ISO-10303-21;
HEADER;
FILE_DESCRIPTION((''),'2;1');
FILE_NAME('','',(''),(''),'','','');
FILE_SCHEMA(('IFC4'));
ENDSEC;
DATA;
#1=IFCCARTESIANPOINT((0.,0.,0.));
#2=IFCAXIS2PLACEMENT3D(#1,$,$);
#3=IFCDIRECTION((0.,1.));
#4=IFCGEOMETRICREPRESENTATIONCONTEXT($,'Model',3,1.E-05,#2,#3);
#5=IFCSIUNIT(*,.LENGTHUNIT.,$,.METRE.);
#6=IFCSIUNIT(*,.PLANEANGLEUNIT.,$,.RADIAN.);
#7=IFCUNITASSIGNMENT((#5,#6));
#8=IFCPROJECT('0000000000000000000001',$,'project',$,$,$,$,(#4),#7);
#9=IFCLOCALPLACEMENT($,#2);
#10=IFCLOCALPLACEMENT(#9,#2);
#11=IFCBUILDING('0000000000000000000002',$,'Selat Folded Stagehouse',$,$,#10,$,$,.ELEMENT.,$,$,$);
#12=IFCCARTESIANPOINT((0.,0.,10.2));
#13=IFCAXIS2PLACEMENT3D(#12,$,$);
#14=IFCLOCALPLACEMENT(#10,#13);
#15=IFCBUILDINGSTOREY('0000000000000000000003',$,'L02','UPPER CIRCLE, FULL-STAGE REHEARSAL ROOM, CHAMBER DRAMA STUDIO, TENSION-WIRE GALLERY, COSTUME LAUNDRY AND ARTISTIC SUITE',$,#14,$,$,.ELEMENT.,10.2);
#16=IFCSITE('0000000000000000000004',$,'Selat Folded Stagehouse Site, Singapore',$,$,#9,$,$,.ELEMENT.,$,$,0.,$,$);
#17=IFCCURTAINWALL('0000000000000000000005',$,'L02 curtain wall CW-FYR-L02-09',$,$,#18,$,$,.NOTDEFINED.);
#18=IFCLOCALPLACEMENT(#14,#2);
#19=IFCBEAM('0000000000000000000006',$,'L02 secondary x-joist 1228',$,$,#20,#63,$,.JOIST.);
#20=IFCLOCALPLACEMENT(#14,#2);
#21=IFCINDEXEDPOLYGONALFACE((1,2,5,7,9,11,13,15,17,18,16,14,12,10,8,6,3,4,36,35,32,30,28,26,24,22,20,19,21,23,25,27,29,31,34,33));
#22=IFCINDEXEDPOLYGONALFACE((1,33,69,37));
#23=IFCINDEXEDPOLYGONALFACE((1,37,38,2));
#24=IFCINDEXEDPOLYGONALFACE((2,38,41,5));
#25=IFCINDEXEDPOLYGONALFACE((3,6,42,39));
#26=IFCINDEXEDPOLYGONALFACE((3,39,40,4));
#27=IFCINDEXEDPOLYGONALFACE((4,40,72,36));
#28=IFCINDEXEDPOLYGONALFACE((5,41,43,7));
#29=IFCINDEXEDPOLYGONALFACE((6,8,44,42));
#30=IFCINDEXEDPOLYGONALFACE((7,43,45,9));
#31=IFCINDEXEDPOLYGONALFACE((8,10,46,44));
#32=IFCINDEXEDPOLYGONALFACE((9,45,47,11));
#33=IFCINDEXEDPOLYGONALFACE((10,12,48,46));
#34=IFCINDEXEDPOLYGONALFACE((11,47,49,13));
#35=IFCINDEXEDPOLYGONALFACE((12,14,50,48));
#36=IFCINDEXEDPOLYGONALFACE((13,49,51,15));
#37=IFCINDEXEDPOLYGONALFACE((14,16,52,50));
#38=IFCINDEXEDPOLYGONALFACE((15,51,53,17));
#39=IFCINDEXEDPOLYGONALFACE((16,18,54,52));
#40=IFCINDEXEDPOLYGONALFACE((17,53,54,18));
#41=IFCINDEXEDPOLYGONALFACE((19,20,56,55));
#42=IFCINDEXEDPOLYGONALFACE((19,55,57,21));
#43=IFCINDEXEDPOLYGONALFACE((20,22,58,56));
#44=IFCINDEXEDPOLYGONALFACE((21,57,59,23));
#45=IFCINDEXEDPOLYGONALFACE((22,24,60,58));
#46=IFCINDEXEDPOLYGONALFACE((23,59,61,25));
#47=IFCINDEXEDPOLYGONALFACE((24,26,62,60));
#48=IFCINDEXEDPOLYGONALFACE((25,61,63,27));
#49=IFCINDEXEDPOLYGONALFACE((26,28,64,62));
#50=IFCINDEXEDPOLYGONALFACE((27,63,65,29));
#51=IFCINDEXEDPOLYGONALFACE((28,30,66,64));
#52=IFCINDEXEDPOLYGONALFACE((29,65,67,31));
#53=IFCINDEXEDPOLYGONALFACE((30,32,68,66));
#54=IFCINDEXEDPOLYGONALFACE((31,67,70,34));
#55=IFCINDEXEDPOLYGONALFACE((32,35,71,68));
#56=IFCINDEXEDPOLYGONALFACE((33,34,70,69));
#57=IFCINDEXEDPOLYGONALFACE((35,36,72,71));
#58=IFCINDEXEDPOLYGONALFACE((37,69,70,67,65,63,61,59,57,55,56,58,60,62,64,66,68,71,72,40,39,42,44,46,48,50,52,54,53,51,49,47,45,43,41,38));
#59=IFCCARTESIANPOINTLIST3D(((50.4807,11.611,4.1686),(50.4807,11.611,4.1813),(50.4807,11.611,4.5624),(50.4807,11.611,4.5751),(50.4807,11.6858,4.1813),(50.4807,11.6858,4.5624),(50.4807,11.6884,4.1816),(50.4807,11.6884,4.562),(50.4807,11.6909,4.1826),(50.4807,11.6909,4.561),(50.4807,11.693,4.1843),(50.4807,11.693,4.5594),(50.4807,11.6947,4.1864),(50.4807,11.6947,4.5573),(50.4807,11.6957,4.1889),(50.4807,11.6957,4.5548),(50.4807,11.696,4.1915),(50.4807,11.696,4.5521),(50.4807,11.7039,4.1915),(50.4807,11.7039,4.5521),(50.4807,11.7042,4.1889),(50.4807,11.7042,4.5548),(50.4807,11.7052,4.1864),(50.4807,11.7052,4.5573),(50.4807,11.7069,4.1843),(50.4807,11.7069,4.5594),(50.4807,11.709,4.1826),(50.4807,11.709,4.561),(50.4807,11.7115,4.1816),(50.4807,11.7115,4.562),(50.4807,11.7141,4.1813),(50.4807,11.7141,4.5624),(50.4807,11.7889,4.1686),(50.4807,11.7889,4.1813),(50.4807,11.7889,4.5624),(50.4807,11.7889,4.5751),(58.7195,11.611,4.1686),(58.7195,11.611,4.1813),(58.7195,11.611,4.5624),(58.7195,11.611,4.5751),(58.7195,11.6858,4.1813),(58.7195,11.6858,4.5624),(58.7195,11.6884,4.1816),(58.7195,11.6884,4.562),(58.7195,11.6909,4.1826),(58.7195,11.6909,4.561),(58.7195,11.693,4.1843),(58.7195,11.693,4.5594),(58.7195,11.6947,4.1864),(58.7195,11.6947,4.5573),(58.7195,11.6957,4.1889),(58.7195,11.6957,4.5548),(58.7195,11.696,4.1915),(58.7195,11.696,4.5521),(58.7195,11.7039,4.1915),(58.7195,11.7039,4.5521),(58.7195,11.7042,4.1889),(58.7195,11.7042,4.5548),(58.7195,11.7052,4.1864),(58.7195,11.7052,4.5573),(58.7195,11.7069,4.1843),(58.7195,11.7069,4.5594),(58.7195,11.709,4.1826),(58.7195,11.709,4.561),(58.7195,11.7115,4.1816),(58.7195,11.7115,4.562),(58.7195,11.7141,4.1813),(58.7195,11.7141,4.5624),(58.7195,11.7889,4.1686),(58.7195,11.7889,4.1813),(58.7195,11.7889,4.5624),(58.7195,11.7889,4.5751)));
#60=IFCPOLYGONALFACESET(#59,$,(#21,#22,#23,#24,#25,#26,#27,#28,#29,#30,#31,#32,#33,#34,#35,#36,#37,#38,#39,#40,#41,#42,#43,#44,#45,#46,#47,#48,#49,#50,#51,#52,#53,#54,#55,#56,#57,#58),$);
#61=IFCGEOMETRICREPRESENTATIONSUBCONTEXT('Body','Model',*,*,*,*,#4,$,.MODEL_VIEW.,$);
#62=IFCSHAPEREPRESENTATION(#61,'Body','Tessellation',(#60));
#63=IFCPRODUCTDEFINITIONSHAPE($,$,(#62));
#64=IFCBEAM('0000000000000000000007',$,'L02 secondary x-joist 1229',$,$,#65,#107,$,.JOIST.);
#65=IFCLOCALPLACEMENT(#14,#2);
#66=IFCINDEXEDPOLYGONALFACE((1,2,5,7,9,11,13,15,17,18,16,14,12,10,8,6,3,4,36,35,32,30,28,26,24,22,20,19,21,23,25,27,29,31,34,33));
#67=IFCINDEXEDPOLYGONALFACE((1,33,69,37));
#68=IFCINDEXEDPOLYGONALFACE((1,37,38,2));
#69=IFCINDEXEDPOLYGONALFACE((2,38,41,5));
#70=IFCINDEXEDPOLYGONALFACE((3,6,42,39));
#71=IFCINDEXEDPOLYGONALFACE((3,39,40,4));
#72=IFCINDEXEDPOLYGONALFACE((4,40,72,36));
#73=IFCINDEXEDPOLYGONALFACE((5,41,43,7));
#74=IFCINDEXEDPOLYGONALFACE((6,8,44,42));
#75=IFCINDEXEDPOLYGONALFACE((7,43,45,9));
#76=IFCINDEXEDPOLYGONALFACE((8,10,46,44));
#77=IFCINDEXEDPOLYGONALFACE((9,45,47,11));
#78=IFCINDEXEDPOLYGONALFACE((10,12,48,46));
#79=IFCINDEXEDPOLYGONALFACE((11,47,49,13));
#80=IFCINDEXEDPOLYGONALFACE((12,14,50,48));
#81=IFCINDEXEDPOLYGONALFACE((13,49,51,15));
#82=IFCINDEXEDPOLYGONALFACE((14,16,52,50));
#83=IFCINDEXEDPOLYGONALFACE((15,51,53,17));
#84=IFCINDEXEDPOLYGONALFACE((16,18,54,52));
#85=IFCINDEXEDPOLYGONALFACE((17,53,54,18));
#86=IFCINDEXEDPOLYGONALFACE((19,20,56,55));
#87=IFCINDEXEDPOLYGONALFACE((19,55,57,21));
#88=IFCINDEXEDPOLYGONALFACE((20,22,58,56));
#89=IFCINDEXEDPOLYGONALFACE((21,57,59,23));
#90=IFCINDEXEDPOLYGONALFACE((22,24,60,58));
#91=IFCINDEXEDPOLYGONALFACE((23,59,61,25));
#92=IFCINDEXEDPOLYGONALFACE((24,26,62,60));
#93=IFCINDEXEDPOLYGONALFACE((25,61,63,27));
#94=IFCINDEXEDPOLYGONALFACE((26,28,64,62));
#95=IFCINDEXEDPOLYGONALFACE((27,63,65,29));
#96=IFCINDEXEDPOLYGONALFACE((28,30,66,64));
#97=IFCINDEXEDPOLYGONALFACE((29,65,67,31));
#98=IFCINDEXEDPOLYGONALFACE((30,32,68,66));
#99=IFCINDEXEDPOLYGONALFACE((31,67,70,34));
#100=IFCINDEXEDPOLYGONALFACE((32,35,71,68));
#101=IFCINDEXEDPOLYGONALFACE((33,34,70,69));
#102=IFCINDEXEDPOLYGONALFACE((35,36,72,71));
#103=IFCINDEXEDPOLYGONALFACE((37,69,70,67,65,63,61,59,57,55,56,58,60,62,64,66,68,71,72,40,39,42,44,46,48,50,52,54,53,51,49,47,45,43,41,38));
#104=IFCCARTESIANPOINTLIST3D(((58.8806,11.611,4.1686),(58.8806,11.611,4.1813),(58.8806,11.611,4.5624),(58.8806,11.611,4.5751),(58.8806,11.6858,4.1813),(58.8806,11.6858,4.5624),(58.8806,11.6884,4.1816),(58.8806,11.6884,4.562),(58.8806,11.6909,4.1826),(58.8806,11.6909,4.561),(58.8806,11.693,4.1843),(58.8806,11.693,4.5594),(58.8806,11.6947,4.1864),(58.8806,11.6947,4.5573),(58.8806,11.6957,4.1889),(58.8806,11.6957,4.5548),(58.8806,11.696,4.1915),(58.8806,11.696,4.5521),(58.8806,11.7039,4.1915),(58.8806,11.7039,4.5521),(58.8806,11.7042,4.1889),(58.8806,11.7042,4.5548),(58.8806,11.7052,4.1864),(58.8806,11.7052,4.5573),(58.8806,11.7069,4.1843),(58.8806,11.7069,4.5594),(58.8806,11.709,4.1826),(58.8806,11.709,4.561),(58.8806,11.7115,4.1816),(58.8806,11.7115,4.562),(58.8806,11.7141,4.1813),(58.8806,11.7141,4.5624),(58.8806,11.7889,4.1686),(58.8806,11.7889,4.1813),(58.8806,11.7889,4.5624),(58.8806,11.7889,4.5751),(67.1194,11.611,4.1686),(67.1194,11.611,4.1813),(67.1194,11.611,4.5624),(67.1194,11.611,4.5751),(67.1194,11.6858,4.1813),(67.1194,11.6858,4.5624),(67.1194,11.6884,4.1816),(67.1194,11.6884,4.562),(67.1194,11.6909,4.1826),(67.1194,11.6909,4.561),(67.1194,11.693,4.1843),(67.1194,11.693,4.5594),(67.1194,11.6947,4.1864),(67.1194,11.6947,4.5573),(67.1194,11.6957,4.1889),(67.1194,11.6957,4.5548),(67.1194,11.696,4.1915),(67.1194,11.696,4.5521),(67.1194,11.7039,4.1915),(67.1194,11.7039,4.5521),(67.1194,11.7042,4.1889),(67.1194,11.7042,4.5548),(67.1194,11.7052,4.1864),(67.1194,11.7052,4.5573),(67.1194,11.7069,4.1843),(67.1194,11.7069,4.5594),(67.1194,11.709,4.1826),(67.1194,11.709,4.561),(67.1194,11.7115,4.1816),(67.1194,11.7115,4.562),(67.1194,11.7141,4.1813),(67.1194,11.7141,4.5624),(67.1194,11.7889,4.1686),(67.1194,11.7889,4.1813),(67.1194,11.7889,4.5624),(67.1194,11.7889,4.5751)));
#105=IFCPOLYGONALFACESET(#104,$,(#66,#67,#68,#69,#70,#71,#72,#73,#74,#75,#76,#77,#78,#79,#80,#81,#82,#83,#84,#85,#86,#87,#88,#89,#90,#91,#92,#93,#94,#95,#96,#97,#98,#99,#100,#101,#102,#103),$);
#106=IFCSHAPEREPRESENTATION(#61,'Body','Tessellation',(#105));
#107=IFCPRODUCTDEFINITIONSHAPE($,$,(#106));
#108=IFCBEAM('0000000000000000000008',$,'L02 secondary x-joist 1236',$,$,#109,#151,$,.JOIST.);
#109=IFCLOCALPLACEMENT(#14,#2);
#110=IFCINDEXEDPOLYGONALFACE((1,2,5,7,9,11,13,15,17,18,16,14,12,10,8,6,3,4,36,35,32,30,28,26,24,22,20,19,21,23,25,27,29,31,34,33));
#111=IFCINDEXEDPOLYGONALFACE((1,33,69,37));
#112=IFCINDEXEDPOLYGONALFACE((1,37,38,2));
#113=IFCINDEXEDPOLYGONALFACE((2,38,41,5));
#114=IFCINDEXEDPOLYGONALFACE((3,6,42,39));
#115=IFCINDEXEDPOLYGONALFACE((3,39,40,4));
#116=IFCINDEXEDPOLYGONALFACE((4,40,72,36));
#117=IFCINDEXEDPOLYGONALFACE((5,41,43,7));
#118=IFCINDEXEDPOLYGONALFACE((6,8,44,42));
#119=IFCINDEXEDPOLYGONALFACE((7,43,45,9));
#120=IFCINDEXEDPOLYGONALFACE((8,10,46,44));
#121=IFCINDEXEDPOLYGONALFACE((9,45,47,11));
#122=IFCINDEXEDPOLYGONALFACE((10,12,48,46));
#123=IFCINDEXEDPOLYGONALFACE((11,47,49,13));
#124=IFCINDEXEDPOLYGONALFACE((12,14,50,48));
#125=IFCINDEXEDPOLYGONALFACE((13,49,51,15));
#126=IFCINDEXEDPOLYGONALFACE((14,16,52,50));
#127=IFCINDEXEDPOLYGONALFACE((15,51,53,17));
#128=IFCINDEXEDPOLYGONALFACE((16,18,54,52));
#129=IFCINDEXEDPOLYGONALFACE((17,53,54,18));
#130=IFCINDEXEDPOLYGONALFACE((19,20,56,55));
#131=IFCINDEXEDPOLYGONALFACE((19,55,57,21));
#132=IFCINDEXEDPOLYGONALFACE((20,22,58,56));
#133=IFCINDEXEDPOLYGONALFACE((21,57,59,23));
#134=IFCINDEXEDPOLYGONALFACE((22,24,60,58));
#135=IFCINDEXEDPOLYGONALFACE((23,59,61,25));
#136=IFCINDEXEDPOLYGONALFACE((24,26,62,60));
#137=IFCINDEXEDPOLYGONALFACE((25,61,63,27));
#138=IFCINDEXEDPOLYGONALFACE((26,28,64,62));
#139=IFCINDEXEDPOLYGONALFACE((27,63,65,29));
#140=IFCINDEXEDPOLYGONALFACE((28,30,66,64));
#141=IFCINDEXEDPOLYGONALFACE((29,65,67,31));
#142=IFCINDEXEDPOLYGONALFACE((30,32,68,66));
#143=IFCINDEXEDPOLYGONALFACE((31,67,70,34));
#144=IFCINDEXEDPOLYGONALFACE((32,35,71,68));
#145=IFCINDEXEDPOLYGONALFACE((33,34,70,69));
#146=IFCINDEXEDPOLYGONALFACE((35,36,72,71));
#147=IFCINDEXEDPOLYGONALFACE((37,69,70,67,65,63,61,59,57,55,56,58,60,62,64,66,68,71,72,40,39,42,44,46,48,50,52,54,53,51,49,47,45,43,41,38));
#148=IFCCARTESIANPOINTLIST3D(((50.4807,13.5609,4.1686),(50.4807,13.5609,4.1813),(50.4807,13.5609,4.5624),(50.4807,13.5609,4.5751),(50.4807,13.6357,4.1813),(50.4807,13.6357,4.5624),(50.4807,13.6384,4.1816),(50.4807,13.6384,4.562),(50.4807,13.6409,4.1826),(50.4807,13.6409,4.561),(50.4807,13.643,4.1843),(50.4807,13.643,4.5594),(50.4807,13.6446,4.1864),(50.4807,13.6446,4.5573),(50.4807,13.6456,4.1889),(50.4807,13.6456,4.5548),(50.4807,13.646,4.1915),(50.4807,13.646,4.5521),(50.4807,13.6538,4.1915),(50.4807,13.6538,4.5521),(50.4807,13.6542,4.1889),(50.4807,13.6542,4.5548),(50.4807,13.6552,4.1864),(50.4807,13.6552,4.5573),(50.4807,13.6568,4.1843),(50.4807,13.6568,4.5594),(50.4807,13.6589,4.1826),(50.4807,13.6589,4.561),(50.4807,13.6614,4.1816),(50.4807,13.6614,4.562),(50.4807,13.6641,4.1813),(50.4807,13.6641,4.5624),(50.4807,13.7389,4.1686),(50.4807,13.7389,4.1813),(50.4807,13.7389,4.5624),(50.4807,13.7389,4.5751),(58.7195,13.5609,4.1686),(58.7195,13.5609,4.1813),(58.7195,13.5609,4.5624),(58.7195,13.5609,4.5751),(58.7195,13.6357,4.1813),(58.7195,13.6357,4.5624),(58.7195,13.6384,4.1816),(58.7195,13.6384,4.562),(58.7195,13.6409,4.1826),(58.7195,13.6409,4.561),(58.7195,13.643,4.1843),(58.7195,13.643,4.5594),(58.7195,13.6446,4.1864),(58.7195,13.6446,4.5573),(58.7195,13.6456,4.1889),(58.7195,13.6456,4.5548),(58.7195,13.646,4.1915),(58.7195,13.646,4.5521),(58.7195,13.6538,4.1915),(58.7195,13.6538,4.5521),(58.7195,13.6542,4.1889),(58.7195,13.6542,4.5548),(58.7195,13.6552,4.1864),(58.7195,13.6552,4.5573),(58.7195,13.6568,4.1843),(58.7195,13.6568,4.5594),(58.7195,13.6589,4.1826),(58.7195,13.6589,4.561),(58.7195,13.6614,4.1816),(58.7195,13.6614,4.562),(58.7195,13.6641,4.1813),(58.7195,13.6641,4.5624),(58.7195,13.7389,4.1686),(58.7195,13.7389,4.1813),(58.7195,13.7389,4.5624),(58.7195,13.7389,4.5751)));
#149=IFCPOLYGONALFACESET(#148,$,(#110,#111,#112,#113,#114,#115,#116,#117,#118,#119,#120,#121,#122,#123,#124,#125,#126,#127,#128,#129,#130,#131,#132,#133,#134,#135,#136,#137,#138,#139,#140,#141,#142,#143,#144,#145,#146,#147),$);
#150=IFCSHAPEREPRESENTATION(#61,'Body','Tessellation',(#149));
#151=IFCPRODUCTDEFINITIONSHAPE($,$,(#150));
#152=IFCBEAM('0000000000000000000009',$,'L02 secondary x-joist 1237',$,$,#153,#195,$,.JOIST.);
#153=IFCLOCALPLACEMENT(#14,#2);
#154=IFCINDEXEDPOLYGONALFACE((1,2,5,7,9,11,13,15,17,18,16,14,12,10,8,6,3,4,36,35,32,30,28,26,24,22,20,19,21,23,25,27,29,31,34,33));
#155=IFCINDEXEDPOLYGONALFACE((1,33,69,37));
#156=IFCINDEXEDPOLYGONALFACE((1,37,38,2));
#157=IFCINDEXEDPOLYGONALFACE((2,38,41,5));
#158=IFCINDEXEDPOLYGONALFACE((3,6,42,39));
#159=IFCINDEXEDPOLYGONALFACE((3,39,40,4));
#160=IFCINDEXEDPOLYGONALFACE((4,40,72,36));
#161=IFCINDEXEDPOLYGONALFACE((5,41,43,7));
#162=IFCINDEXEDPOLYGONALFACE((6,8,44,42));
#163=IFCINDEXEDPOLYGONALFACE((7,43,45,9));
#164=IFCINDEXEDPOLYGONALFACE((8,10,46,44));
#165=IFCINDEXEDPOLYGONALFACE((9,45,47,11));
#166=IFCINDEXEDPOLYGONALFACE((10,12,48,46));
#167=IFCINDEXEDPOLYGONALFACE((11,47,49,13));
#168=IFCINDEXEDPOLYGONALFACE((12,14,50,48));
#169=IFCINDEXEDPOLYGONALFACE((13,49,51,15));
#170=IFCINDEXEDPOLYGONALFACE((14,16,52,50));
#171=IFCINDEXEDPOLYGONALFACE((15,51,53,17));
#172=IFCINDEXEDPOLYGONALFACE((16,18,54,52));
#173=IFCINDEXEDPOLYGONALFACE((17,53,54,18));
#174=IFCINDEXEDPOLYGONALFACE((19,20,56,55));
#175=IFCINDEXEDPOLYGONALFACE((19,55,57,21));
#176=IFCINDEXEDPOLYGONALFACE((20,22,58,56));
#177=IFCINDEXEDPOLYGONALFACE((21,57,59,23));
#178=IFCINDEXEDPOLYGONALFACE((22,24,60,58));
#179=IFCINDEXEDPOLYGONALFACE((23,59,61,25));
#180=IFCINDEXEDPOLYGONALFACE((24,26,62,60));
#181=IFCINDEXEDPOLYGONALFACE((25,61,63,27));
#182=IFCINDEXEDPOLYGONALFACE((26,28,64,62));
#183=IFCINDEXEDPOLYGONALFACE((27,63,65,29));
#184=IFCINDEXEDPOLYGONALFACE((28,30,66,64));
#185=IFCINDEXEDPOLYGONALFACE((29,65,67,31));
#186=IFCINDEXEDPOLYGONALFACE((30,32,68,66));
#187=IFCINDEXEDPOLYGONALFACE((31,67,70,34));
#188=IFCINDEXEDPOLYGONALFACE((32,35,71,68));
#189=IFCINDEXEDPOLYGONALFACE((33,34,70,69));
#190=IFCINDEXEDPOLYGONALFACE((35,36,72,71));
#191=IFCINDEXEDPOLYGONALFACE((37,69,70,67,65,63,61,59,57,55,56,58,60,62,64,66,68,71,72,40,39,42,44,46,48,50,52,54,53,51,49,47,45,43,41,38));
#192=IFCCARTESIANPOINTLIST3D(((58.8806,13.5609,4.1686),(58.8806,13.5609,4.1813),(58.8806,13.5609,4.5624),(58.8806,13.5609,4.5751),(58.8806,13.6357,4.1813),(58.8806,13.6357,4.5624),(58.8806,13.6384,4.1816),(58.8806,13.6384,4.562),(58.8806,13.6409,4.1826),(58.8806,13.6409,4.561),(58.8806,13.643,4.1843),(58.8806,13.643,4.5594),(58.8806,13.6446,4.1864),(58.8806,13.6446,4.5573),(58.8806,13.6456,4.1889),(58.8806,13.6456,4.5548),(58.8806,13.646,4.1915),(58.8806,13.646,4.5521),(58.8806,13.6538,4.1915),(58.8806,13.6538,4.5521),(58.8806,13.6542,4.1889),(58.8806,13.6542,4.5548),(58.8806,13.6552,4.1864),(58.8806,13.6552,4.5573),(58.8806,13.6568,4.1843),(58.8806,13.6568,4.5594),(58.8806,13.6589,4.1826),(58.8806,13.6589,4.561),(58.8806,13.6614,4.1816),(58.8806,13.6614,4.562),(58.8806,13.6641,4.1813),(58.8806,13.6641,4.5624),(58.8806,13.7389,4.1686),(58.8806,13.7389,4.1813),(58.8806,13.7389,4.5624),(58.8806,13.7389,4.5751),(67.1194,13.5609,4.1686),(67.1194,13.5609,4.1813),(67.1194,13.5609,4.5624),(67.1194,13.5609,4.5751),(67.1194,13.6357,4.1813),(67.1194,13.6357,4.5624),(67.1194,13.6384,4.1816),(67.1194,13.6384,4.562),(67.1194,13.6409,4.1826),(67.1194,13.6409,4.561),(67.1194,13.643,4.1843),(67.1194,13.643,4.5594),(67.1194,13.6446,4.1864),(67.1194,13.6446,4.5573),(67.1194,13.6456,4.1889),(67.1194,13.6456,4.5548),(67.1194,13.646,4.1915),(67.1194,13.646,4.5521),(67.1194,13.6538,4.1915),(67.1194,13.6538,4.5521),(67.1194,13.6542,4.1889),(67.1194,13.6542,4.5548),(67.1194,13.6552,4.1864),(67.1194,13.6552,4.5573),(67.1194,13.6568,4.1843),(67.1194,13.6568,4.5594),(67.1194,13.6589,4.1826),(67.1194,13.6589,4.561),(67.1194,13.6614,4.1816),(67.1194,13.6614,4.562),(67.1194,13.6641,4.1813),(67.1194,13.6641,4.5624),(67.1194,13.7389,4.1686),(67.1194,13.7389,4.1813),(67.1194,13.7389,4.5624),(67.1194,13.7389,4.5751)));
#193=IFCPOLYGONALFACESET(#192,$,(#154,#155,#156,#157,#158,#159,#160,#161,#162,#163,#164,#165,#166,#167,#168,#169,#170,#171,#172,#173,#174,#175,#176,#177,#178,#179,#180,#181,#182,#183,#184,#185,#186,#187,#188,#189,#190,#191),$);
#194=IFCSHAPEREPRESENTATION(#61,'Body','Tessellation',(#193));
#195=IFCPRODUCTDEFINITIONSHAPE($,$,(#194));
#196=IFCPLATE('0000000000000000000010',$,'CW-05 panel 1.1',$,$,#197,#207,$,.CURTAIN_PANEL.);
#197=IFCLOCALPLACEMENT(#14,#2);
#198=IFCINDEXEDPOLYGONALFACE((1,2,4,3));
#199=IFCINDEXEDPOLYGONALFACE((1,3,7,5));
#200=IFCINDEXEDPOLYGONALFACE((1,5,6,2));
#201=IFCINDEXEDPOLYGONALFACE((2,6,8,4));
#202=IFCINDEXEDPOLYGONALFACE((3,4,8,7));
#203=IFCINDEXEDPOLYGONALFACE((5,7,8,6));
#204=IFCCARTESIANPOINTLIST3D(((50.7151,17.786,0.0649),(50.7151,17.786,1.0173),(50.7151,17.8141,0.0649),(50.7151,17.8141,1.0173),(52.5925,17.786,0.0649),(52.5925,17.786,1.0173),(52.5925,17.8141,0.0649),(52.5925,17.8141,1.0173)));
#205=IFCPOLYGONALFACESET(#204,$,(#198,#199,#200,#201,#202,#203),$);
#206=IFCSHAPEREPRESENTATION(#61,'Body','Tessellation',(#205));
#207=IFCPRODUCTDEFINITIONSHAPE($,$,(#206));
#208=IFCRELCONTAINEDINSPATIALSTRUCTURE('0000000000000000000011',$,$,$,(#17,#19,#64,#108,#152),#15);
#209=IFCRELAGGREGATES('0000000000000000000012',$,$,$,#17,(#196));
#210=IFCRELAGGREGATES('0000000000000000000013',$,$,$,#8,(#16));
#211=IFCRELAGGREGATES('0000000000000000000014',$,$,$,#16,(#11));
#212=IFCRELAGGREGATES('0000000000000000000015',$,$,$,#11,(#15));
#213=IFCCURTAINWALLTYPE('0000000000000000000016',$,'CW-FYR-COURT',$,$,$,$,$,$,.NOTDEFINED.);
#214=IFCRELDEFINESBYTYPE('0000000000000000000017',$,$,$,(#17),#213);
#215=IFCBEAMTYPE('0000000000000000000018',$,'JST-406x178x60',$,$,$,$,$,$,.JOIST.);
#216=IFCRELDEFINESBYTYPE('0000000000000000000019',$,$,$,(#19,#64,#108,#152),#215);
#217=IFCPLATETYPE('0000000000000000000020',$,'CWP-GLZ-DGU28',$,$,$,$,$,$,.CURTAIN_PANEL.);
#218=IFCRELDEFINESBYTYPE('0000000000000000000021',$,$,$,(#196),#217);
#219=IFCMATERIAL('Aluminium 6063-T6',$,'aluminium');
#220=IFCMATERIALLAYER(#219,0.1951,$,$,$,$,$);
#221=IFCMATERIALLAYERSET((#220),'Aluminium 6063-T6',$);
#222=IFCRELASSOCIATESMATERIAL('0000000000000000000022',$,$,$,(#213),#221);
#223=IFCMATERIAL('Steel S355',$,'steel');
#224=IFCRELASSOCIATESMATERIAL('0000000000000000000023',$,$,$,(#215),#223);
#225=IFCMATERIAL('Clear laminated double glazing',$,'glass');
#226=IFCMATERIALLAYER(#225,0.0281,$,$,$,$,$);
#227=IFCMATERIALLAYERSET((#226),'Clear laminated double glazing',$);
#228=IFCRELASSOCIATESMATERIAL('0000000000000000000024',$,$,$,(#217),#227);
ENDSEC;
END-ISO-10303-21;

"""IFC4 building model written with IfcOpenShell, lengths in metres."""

from ifc_helpers import new_model, si_unit, direction, frame, origin, origin_2d, place, context, subcontext, project, spatial, rectangle, i_section, extrude, material, layer, layer_set, material_profile, profile_set, type_object, element, aggregate, save


model = new_model("IFC4")

# Units and contexts
model_context = context("Model", 3, precision=1e-05, world=origin(), true_north=direction((0.0, 1.0)))
body_context = subcontext(model_context, "Body", "Model", "MODEL_VIEW")
ifc_project = project(units=[si_unit("LENGTHUNIT", "METRE"), si_unit("PLANEANGLEUNIT", "RADIAN")], contexts=[model_context])

# Site, building, storey
site_placement = place(None, origin())
site = spatial("IfcSite", under=ifc_project, at=site_placement, Name="Selat Folded Stagehouse Site, Singapore", CompositionType="ELEMENT", RefElevation=0.0)
building_placement = place(site_placement, origin())
building = spatial("IfcBuilding", under=site, at=building_placement, Name="Selat Folded Stagehouse", CompositionType="ELEMENT")
storey_placement = place(building_placement, frame((0.0, 0.0, 10.2)))
storey = spatial("IfcBuildingStorey", under=building, at=storey_placement, Name="L02", Description="UPPER CIRCLE, FULL-STAGE REHEARSAL ROOM, CHAMBER DRAMA STUDIO, TENSION-WIRE GALLERY, COSTUME LAUNDRY AND ARTISTIC SUITE", CompositionType="ELEMENT", Elevation=10.2)

# Shared definitions
ifc_material_1 = material(Name="Steel S355", Category="steel")

# Curtain wall
ifc_material_2 = material(Name="Aluminium 6063-T6", Category="aluminium")
ifc_layer_1 = layer(ifc_material_2, 0.1951)
ifc_layer_set_1 = layer_set([ifc_layer_1], Name="Aluminium 6063-T6")
curtain_wall_type = type_object("IfcCurtainWallType", Name="CW-FYR-COURT", PredefinedType="NOTDEFINED", material=ifc_layer_set_1)
curtain_wall_placement = place(storey_placement, origin())
curtain_wall = element("IfcCurtainWall", 1, at=curtain_wall_placement, inside=storey, type_object=curtain_wall_type, Name="L02 curtain wall CW-FYR-L02-09", PredefinedType="NOTDEFINED")

# Beams
ifc_material_profile_1 = material_profile(ifc_material_1, i_section(OverallWidth=0.178, OverallDepth=0.4065, WebThickness=0.0078, FlangeThickness=0.0127, FilletRadius=0.0103, at=origin_2d()), Name="UKB 406x178x60")
ifc_profile_set_1 = profile_set([ifc_material_profile_1], Name="Steel S355")
beam_type_1 = type_object("IfcBeamType", Name="JST-406x178x60", PredefinedType="JOIST", material=ifc_profile_set_1)
for number, where, z_axis, x_axis, name in (
    (2, (50.4807, 11.7, 4.3718), (1.0, 0.0, 0.0), (0.0, 1.0, 0.0), "L02 secondary x-joist 1228"),
    (3, (58.8806, 11.7, 4.3718), (1.0, 0.0, 0.0), (0.0, 1.0, 0.0), "L02 secondary x-joist 1229"),
    (4, (50.4807, 13.6499, 4.3718), (1.0, 0.0, 0.0), (0.0, 1.0, 0.0), "L02 secondary x-joist 1236"),
    (5, (58.8806, 13.6499, 4.3718), (1.0, 0.0, 0.0), (0.0, 1.0, 0.0), "L02 secondary x-joist 1237"),
):
    element("IfcBeam", number, at=place(storey_placement, frame(where, z_axis=z_axis, x_axis=x_axis)), inside=storey, type_object=beam_type_1, Name=name, PredefinedType="JOIST", context=body_context, shape_type="SweptSolid", body=[
        extrude(i_section(OverallWidth=0.178, OverallDepth=0.4065, WebThickness=0.0078, FlangeThickness=0.0127, FilletRadius=0.0103, at=origin_2d()), origin(), (0.0, 0.0, 1.0), 8.2388),
    ])

# Plate
ifc_material_3 = material(Name="Clear laminated double glazing", Category="glass")
ifc_layer_2 = layer(ifc_material_3, 0.0281)
ifc_layer_set_2 = layer_set([ifc_layer_2], Name="Clear laminated double glazing")
plate_type = type_object("IfcPlateType", Name="CWP-GLZ-DGU28", PredefinedType="CURTAIN_PANEL", material=ifc_layer_set_2)
plate_1_placement = place(storey_placement, frame((51.6538, 17.8, 0.0649), z_axis=(0.0, 0.0, 1.0), x_axis=(1.0, 0.0, 0.0)))
plate_1 = element("IfcPlate", 6, at=plate_1_placement, type_object=plate_type, Name="CW-05 panel 1.1", PredefinedType="CURTAIN_PANEL", context=body_context, shape_type="SweptSolid", body=[
    extrude(rectangle(XDim=1.8774, YDim=0.0281, at=origin_2d()), origin(), (0.0, 0.0, 1.0), 0.9524),
])
aggregate(curtain_wall, [plate_1])

save(model, "model.ifc")
